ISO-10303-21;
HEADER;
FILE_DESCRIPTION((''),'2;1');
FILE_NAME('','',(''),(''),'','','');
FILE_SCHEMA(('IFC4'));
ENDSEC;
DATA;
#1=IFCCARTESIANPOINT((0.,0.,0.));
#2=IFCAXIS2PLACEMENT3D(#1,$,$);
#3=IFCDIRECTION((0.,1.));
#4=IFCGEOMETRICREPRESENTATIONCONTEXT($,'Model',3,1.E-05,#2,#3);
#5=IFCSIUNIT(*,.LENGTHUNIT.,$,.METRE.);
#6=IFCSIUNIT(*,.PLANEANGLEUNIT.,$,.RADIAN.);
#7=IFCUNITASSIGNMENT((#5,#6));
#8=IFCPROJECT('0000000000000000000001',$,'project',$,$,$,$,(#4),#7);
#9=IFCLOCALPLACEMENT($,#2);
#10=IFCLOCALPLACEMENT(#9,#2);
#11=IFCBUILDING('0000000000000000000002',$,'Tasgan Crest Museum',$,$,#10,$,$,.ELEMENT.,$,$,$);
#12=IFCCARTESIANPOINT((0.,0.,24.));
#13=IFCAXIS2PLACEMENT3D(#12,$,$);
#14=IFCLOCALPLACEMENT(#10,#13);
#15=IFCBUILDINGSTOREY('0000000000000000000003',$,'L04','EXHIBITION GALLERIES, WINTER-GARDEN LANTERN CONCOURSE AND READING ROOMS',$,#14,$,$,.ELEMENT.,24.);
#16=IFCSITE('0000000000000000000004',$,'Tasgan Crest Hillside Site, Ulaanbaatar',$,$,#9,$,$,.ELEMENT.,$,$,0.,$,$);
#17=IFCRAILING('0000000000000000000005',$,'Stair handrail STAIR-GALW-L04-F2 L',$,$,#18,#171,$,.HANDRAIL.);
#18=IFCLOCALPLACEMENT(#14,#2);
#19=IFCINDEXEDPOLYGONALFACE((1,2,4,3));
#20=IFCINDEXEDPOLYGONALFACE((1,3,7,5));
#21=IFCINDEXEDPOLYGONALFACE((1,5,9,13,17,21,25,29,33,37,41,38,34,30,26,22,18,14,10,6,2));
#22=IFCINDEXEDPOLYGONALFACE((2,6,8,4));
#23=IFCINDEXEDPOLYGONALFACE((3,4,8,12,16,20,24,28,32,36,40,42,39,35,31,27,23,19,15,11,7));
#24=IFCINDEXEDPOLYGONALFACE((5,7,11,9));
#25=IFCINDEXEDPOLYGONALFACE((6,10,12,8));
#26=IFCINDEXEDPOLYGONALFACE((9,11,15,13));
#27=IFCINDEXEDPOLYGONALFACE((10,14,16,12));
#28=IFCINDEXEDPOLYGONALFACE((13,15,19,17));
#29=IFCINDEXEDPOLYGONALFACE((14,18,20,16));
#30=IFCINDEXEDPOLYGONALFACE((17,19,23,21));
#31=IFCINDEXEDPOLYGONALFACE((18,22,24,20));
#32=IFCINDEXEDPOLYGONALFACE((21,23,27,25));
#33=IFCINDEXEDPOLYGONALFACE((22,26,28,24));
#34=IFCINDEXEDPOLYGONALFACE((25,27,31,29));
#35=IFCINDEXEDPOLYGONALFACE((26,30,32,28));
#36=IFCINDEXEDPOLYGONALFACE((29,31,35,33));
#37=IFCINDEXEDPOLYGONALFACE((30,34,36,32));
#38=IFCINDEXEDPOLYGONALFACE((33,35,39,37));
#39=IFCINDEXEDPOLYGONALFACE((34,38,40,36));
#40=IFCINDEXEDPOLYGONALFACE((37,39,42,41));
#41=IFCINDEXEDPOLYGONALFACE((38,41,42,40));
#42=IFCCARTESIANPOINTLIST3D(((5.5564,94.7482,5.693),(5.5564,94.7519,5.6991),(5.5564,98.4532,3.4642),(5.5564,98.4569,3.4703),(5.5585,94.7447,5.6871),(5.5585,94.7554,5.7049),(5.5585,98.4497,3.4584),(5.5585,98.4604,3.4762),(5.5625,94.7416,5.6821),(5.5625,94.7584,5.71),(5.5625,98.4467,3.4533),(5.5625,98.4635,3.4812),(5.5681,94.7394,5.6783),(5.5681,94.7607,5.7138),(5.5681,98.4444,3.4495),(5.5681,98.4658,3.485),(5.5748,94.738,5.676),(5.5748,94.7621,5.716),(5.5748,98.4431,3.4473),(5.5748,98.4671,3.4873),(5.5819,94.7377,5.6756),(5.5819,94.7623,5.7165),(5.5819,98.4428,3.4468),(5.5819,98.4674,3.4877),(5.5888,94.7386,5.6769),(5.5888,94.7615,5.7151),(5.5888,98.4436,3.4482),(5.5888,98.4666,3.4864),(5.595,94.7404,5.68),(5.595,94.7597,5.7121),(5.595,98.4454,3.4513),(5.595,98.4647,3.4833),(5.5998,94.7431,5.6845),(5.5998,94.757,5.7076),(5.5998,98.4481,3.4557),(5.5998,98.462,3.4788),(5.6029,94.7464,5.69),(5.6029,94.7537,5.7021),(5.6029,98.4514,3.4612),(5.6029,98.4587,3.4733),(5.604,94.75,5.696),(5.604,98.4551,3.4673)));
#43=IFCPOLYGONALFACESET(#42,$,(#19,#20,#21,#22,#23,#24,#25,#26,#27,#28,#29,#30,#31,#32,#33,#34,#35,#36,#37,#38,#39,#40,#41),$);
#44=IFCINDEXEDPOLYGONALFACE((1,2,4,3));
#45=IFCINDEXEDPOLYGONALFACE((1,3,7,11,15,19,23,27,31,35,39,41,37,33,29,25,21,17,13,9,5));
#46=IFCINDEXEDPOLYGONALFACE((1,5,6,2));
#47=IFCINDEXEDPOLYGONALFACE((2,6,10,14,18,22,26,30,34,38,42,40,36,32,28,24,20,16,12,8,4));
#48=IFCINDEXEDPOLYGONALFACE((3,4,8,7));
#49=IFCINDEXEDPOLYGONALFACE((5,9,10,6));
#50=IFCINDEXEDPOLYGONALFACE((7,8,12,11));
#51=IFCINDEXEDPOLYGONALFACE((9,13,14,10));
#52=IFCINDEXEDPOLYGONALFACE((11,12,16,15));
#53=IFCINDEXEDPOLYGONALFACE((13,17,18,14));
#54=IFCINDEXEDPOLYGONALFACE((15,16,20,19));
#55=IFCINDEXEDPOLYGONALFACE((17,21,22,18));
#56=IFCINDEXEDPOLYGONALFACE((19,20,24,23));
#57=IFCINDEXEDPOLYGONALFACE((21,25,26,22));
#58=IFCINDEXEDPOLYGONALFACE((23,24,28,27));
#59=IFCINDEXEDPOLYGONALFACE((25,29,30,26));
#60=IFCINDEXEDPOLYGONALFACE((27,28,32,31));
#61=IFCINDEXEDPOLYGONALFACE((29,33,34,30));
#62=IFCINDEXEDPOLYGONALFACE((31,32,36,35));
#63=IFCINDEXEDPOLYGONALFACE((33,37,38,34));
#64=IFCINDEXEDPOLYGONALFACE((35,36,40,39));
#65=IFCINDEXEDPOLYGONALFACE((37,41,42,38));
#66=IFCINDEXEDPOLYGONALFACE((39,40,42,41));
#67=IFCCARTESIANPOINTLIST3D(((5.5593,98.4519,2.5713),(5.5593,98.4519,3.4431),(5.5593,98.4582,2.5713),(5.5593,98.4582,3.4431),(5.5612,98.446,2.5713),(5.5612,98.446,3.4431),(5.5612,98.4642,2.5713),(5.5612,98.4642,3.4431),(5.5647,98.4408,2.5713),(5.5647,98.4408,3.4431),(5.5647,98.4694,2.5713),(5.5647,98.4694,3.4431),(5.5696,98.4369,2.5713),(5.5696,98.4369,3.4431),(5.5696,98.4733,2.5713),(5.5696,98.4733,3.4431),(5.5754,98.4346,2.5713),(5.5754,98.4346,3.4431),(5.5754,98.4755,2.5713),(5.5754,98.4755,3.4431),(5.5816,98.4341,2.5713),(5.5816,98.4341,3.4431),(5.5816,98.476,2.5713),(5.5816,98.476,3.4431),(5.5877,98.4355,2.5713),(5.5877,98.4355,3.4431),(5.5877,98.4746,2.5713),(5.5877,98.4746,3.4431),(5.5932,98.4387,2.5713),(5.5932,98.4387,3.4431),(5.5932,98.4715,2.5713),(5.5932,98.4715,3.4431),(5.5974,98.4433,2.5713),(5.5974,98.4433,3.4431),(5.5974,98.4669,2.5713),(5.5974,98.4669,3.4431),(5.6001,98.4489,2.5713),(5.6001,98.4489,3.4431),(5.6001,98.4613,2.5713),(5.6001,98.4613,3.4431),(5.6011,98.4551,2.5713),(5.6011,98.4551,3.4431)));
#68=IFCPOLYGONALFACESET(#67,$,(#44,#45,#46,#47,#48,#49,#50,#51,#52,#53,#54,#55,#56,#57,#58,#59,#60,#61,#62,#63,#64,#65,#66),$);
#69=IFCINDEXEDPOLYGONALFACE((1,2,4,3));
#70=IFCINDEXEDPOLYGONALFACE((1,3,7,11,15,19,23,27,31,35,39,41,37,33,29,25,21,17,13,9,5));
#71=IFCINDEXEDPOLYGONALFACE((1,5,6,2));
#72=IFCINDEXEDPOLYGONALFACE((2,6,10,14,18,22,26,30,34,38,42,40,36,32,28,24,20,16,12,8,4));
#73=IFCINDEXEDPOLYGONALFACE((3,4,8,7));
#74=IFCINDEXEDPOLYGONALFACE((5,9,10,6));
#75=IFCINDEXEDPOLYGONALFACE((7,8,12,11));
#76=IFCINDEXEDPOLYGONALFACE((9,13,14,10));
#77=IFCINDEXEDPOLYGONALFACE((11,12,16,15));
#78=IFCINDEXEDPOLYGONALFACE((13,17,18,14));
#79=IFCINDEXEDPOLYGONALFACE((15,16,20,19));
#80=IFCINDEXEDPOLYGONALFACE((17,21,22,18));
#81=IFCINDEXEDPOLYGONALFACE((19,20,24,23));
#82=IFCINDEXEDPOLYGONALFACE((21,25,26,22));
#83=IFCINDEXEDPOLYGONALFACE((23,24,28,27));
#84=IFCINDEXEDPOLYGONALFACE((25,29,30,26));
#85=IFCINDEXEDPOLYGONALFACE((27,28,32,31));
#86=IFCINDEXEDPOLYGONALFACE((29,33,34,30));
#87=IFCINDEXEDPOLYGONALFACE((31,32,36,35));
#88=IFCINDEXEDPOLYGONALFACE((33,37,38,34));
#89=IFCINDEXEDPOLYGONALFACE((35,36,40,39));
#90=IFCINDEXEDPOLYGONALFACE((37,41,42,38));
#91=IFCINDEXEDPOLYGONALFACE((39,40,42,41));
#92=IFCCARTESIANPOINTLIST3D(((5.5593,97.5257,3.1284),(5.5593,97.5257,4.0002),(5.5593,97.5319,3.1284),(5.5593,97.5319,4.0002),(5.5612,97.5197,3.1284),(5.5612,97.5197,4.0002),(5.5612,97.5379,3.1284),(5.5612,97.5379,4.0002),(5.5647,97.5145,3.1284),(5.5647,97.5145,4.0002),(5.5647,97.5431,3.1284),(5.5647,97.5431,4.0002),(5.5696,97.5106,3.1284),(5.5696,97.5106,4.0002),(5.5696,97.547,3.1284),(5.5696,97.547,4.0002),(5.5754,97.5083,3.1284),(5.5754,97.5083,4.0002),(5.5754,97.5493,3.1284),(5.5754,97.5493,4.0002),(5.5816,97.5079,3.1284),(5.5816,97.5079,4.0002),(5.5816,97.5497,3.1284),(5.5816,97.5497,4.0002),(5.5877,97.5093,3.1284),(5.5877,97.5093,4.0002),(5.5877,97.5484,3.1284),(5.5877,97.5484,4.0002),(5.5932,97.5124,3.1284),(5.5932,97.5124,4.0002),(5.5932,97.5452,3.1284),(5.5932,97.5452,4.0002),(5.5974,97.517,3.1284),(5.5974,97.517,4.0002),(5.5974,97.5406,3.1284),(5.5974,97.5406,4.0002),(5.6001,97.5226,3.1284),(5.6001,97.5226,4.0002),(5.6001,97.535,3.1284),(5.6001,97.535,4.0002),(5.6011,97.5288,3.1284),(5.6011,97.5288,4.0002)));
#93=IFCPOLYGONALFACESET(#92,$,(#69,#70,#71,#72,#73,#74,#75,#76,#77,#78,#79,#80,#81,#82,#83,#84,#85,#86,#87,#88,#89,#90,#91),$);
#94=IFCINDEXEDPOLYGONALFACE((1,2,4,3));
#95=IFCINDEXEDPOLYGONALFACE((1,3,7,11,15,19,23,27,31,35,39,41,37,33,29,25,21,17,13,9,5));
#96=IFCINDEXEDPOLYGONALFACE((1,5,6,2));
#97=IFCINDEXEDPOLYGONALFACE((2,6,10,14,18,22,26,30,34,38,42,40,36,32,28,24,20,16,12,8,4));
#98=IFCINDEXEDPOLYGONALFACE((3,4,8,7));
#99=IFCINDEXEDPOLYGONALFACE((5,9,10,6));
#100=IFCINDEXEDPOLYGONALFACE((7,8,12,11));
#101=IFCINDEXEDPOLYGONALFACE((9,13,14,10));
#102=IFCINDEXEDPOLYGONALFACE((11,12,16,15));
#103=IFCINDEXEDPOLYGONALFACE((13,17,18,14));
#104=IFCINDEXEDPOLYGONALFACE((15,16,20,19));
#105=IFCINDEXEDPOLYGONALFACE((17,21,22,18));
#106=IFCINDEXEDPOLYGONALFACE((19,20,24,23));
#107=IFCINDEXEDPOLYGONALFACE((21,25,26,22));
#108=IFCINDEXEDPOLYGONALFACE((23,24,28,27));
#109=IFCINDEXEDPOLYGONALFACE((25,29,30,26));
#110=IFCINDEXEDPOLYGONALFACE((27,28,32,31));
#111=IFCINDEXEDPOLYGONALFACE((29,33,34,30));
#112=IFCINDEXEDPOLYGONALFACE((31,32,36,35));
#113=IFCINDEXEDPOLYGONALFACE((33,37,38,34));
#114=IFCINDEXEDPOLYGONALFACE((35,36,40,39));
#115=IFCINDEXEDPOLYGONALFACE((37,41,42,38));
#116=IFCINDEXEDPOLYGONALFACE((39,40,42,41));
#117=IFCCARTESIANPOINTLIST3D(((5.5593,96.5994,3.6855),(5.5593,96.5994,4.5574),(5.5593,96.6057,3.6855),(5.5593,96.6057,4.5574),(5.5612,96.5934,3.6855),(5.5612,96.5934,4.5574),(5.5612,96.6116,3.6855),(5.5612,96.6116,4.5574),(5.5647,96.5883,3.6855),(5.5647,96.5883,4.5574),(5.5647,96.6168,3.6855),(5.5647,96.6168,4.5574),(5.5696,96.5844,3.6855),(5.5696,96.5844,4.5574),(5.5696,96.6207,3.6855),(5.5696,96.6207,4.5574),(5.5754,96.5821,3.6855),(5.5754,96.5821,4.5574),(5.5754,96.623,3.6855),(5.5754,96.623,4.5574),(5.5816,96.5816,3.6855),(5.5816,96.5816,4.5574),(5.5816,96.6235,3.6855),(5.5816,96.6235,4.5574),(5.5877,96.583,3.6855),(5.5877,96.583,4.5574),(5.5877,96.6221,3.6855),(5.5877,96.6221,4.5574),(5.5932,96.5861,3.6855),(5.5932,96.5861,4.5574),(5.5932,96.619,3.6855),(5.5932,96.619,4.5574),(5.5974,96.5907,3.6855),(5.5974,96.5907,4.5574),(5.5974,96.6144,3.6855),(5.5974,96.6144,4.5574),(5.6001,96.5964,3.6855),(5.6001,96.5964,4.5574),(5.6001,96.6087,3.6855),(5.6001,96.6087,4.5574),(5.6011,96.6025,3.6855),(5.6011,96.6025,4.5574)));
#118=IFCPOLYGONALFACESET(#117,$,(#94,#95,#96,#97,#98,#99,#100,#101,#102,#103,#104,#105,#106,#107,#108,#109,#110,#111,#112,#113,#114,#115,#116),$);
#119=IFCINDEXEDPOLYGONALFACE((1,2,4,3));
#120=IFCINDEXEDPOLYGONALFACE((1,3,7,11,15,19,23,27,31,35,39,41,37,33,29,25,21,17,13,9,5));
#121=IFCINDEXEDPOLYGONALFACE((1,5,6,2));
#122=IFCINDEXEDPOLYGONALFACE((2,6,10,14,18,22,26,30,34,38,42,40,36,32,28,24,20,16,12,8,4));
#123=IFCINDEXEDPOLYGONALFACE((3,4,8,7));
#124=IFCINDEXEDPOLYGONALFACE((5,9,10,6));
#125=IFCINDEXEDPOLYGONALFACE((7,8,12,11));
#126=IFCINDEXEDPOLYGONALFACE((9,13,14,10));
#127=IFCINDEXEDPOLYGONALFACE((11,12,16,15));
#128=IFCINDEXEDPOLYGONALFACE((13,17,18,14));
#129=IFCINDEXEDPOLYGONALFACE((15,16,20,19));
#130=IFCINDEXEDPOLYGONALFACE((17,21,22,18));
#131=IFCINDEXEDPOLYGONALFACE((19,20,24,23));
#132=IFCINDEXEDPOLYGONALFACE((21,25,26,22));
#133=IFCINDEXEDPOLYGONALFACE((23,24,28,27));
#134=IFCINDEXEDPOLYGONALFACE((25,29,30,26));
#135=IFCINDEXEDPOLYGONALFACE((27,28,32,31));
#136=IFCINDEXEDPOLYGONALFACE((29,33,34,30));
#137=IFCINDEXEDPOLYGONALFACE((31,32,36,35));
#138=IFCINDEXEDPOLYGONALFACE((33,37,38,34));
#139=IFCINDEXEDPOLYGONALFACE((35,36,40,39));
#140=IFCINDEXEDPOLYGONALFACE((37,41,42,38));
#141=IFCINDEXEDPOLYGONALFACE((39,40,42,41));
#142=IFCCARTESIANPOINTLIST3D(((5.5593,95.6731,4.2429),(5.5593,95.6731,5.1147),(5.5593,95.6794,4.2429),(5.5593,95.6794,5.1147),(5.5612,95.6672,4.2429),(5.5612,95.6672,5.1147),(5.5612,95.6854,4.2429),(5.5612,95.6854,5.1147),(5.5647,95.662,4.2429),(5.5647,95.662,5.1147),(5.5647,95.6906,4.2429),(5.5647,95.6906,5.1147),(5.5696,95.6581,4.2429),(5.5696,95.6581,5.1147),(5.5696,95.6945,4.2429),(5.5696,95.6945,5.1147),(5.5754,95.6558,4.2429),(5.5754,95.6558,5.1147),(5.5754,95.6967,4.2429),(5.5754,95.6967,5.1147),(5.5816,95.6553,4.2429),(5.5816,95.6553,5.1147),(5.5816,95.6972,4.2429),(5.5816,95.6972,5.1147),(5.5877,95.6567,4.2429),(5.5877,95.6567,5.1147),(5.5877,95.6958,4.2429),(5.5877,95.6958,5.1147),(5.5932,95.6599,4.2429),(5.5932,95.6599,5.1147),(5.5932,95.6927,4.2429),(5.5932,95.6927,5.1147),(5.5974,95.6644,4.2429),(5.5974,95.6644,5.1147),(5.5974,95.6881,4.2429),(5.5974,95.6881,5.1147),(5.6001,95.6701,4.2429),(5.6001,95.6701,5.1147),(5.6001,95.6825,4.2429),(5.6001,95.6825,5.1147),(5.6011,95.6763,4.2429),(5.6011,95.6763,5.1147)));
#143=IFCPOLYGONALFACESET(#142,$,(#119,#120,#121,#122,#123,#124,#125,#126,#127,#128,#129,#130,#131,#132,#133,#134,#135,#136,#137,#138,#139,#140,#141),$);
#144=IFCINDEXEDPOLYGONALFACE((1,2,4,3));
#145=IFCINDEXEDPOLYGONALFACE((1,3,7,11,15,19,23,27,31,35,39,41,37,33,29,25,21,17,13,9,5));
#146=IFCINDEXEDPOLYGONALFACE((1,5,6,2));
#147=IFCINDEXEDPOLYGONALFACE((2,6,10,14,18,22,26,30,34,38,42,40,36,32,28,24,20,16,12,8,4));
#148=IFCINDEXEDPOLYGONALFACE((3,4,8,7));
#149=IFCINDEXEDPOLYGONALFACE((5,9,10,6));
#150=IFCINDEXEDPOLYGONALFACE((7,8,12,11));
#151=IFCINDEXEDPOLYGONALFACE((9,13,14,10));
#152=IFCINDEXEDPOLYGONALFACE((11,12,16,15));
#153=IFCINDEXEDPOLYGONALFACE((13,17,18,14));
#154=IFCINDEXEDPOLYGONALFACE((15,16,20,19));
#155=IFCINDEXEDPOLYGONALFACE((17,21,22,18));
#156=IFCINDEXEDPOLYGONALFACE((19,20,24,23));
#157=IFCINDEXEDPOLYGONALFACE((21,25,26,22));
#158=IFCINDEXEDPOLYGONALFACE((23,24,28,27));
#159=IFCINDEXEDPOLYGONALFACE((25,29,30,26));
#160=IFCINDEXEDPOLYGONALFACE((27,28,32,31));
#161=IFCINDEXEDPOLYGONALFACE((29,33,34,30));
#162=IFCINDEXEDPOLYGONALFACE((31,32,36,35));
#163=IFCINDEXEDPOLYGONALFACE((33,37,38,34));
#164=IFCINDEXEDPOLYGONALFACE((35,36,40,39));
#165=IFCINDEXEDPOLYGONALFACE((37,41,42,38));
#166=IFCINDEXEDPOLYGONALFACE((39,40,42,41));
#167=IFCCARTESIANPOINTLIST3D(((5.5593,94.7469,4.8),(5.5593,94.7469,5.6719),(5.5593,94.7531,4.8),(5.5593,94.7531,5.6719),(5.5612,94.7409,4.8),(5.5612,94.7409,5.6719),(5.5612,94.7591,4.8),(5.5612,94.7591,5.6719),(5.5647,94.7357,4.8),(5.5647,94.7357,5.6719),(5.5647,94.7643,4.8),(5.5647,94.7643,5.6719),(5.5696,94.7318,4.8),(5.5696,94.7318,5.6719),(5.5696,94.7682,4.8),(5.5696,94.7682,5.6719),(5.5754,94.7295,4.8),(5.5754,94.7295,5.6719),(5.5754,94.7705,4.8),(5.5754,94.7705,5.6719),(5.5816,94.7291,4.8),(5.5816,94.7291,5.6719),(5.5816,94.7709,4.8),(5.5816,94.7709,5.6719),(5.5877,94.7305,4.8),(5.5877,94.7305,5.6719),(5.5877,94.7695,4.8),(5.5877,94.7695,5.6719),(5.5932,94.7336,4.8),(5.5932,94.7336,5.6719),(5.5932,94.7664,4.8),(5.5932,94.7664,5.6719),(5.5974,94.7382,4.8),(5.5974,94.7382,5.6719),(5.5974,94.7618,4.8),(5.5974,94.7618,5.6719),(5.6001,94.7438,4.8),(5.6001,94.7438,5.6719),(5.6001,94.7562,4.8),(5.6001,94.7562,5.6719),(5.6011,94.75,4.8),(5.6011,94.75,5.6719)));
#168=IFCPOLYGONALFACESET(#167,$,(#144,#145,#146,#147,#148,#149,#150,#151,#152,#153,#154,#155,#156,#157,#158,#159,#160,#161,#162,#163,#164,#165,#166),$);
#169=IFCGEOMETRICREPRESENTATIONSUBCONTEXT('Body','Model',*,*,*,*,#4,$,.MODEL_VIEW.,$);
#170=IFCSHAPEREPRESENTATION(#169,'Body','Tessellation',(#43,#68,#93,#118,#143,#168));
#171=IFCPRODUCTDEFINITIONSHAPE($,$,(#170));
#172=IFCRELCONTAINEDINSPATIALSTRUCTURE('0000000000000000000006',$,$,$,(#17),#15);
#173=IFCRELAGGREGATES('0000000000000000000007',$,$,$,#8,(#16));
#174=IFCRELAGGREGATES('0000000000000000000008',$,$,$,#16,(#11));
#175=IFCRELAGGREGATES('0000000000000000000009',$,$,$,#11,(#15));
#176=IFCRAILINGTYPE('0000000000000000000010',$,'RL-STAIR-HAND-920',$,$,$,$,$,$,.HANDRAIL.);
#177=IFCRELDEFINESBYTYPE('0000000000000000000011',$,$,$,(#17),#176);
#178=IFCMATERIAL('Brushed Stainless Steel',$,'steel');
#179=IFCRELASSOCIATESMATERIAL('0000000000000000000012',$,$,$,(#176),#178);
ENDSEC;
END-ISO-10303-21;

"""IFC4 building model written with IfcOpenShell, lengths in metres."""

from ifc_helpers import new_model, si_unit, direction, frame, origin, origin_2d, place, context, subcontext, project, spatial, circle, extrude, material, type_object, element, save


model = new_model("IFC4")

# Units and contexts
model_context = context("Model", 3, precision=1e-05, world=origin(), true_north=direction((0.0, 1.0)))
body_context = subcontext(model_context, "Body", "Model", "MODEL_VIEW")
ifc_project = project(units=[si_unit("LENGTHUNIT", "METRE"), si_unit("PLANEANGLEUNIT", "RADIAN")], contexts=[model_context])

# Site, building, storey
site_placement = place(None, origin())
site = spatial("IfcSite", under=ifc_project, at=site_placement, Name="Tasgan Crest Hillside Site, Ulaanbaatar", CompositionType="ELEMENT", RefElevation=0.0)
building_placement = place(site_placement, origin())
building = spatial("IfcBuilding", under=site, at=building_placement, Name="Tasgan Crest Museum", CompositionType="ELEMENT")
storey_placement = place(building_placement, frame((0.0, 0.0, 24.0)))
storey = spatial("IfcBuildingStorey", under=building, at=storey_placement, Name="L04", Description="EXHIBITION GALLERIES, WINTER-GARDEN LANTERN CONCOURSE AND READING ROOMS", CompositionType="ELEMENT", Elevation=24.0)

# Railing
ifc_material_1 = material(Name="Brushed Stainless Steel", Category="steel")
railing_type_1 = type_object("IfcRailingType", Name="RL-STAIR-HAND-920", PredefinedType="HANDRAIL", material=ifc_material_1)
railing_1_placement = place(storey_placement, frame((5.5801, 98.4551, 2.5713)))
element("IfcRailing", 1, at=railing_1_placement, inside=storey, type_object=railing_type_1, Name="Stair handrail STAIR-GALW-L04-F2 L", PredefinedType="HANDRAIL", context=body_context, shape_type="SweptSolid", body=[
    extrude(circle(Radius=0.0239, at=origin_2d()), frame((0.0, 0.0, 0.896), z_axis=(0.0, -0.856909, 0.515467), x_axis=(1.0, 0.0, 0.0)), (0.0, 0.0, 1.0), 4.3237),
    extrude(circle(Radius=0.021, at=origin_2d()), origin(), (0.0, 0.0, 1.0), 0.8718),
    extrude(circle(Radius=0.021, at=origin_2d()), frame((0.0, -0.9263, 0.5571)), (0.0, 0.0, 1.0), 0.8718),
    extrude(circle(Radius=0.021, at=origin_2d()), frame((0.0, -1.8525, 1.1143)), (0.0, 0.0, 1.0), 0.8718),
    extrude(circle(Radius=0.021, at=origin_2d()), frame((0.0, -2.7788, 1.6716)), (0.0, 0.0, 1.0), 0.8718),
    extrude(circle(Radius=0.021, at=origin_2d()), frame((0.0, -3.7051, 2.2288)), (0.0, 0.0, 1.0), 0.8718),
])

save(model, "model.ifc")
